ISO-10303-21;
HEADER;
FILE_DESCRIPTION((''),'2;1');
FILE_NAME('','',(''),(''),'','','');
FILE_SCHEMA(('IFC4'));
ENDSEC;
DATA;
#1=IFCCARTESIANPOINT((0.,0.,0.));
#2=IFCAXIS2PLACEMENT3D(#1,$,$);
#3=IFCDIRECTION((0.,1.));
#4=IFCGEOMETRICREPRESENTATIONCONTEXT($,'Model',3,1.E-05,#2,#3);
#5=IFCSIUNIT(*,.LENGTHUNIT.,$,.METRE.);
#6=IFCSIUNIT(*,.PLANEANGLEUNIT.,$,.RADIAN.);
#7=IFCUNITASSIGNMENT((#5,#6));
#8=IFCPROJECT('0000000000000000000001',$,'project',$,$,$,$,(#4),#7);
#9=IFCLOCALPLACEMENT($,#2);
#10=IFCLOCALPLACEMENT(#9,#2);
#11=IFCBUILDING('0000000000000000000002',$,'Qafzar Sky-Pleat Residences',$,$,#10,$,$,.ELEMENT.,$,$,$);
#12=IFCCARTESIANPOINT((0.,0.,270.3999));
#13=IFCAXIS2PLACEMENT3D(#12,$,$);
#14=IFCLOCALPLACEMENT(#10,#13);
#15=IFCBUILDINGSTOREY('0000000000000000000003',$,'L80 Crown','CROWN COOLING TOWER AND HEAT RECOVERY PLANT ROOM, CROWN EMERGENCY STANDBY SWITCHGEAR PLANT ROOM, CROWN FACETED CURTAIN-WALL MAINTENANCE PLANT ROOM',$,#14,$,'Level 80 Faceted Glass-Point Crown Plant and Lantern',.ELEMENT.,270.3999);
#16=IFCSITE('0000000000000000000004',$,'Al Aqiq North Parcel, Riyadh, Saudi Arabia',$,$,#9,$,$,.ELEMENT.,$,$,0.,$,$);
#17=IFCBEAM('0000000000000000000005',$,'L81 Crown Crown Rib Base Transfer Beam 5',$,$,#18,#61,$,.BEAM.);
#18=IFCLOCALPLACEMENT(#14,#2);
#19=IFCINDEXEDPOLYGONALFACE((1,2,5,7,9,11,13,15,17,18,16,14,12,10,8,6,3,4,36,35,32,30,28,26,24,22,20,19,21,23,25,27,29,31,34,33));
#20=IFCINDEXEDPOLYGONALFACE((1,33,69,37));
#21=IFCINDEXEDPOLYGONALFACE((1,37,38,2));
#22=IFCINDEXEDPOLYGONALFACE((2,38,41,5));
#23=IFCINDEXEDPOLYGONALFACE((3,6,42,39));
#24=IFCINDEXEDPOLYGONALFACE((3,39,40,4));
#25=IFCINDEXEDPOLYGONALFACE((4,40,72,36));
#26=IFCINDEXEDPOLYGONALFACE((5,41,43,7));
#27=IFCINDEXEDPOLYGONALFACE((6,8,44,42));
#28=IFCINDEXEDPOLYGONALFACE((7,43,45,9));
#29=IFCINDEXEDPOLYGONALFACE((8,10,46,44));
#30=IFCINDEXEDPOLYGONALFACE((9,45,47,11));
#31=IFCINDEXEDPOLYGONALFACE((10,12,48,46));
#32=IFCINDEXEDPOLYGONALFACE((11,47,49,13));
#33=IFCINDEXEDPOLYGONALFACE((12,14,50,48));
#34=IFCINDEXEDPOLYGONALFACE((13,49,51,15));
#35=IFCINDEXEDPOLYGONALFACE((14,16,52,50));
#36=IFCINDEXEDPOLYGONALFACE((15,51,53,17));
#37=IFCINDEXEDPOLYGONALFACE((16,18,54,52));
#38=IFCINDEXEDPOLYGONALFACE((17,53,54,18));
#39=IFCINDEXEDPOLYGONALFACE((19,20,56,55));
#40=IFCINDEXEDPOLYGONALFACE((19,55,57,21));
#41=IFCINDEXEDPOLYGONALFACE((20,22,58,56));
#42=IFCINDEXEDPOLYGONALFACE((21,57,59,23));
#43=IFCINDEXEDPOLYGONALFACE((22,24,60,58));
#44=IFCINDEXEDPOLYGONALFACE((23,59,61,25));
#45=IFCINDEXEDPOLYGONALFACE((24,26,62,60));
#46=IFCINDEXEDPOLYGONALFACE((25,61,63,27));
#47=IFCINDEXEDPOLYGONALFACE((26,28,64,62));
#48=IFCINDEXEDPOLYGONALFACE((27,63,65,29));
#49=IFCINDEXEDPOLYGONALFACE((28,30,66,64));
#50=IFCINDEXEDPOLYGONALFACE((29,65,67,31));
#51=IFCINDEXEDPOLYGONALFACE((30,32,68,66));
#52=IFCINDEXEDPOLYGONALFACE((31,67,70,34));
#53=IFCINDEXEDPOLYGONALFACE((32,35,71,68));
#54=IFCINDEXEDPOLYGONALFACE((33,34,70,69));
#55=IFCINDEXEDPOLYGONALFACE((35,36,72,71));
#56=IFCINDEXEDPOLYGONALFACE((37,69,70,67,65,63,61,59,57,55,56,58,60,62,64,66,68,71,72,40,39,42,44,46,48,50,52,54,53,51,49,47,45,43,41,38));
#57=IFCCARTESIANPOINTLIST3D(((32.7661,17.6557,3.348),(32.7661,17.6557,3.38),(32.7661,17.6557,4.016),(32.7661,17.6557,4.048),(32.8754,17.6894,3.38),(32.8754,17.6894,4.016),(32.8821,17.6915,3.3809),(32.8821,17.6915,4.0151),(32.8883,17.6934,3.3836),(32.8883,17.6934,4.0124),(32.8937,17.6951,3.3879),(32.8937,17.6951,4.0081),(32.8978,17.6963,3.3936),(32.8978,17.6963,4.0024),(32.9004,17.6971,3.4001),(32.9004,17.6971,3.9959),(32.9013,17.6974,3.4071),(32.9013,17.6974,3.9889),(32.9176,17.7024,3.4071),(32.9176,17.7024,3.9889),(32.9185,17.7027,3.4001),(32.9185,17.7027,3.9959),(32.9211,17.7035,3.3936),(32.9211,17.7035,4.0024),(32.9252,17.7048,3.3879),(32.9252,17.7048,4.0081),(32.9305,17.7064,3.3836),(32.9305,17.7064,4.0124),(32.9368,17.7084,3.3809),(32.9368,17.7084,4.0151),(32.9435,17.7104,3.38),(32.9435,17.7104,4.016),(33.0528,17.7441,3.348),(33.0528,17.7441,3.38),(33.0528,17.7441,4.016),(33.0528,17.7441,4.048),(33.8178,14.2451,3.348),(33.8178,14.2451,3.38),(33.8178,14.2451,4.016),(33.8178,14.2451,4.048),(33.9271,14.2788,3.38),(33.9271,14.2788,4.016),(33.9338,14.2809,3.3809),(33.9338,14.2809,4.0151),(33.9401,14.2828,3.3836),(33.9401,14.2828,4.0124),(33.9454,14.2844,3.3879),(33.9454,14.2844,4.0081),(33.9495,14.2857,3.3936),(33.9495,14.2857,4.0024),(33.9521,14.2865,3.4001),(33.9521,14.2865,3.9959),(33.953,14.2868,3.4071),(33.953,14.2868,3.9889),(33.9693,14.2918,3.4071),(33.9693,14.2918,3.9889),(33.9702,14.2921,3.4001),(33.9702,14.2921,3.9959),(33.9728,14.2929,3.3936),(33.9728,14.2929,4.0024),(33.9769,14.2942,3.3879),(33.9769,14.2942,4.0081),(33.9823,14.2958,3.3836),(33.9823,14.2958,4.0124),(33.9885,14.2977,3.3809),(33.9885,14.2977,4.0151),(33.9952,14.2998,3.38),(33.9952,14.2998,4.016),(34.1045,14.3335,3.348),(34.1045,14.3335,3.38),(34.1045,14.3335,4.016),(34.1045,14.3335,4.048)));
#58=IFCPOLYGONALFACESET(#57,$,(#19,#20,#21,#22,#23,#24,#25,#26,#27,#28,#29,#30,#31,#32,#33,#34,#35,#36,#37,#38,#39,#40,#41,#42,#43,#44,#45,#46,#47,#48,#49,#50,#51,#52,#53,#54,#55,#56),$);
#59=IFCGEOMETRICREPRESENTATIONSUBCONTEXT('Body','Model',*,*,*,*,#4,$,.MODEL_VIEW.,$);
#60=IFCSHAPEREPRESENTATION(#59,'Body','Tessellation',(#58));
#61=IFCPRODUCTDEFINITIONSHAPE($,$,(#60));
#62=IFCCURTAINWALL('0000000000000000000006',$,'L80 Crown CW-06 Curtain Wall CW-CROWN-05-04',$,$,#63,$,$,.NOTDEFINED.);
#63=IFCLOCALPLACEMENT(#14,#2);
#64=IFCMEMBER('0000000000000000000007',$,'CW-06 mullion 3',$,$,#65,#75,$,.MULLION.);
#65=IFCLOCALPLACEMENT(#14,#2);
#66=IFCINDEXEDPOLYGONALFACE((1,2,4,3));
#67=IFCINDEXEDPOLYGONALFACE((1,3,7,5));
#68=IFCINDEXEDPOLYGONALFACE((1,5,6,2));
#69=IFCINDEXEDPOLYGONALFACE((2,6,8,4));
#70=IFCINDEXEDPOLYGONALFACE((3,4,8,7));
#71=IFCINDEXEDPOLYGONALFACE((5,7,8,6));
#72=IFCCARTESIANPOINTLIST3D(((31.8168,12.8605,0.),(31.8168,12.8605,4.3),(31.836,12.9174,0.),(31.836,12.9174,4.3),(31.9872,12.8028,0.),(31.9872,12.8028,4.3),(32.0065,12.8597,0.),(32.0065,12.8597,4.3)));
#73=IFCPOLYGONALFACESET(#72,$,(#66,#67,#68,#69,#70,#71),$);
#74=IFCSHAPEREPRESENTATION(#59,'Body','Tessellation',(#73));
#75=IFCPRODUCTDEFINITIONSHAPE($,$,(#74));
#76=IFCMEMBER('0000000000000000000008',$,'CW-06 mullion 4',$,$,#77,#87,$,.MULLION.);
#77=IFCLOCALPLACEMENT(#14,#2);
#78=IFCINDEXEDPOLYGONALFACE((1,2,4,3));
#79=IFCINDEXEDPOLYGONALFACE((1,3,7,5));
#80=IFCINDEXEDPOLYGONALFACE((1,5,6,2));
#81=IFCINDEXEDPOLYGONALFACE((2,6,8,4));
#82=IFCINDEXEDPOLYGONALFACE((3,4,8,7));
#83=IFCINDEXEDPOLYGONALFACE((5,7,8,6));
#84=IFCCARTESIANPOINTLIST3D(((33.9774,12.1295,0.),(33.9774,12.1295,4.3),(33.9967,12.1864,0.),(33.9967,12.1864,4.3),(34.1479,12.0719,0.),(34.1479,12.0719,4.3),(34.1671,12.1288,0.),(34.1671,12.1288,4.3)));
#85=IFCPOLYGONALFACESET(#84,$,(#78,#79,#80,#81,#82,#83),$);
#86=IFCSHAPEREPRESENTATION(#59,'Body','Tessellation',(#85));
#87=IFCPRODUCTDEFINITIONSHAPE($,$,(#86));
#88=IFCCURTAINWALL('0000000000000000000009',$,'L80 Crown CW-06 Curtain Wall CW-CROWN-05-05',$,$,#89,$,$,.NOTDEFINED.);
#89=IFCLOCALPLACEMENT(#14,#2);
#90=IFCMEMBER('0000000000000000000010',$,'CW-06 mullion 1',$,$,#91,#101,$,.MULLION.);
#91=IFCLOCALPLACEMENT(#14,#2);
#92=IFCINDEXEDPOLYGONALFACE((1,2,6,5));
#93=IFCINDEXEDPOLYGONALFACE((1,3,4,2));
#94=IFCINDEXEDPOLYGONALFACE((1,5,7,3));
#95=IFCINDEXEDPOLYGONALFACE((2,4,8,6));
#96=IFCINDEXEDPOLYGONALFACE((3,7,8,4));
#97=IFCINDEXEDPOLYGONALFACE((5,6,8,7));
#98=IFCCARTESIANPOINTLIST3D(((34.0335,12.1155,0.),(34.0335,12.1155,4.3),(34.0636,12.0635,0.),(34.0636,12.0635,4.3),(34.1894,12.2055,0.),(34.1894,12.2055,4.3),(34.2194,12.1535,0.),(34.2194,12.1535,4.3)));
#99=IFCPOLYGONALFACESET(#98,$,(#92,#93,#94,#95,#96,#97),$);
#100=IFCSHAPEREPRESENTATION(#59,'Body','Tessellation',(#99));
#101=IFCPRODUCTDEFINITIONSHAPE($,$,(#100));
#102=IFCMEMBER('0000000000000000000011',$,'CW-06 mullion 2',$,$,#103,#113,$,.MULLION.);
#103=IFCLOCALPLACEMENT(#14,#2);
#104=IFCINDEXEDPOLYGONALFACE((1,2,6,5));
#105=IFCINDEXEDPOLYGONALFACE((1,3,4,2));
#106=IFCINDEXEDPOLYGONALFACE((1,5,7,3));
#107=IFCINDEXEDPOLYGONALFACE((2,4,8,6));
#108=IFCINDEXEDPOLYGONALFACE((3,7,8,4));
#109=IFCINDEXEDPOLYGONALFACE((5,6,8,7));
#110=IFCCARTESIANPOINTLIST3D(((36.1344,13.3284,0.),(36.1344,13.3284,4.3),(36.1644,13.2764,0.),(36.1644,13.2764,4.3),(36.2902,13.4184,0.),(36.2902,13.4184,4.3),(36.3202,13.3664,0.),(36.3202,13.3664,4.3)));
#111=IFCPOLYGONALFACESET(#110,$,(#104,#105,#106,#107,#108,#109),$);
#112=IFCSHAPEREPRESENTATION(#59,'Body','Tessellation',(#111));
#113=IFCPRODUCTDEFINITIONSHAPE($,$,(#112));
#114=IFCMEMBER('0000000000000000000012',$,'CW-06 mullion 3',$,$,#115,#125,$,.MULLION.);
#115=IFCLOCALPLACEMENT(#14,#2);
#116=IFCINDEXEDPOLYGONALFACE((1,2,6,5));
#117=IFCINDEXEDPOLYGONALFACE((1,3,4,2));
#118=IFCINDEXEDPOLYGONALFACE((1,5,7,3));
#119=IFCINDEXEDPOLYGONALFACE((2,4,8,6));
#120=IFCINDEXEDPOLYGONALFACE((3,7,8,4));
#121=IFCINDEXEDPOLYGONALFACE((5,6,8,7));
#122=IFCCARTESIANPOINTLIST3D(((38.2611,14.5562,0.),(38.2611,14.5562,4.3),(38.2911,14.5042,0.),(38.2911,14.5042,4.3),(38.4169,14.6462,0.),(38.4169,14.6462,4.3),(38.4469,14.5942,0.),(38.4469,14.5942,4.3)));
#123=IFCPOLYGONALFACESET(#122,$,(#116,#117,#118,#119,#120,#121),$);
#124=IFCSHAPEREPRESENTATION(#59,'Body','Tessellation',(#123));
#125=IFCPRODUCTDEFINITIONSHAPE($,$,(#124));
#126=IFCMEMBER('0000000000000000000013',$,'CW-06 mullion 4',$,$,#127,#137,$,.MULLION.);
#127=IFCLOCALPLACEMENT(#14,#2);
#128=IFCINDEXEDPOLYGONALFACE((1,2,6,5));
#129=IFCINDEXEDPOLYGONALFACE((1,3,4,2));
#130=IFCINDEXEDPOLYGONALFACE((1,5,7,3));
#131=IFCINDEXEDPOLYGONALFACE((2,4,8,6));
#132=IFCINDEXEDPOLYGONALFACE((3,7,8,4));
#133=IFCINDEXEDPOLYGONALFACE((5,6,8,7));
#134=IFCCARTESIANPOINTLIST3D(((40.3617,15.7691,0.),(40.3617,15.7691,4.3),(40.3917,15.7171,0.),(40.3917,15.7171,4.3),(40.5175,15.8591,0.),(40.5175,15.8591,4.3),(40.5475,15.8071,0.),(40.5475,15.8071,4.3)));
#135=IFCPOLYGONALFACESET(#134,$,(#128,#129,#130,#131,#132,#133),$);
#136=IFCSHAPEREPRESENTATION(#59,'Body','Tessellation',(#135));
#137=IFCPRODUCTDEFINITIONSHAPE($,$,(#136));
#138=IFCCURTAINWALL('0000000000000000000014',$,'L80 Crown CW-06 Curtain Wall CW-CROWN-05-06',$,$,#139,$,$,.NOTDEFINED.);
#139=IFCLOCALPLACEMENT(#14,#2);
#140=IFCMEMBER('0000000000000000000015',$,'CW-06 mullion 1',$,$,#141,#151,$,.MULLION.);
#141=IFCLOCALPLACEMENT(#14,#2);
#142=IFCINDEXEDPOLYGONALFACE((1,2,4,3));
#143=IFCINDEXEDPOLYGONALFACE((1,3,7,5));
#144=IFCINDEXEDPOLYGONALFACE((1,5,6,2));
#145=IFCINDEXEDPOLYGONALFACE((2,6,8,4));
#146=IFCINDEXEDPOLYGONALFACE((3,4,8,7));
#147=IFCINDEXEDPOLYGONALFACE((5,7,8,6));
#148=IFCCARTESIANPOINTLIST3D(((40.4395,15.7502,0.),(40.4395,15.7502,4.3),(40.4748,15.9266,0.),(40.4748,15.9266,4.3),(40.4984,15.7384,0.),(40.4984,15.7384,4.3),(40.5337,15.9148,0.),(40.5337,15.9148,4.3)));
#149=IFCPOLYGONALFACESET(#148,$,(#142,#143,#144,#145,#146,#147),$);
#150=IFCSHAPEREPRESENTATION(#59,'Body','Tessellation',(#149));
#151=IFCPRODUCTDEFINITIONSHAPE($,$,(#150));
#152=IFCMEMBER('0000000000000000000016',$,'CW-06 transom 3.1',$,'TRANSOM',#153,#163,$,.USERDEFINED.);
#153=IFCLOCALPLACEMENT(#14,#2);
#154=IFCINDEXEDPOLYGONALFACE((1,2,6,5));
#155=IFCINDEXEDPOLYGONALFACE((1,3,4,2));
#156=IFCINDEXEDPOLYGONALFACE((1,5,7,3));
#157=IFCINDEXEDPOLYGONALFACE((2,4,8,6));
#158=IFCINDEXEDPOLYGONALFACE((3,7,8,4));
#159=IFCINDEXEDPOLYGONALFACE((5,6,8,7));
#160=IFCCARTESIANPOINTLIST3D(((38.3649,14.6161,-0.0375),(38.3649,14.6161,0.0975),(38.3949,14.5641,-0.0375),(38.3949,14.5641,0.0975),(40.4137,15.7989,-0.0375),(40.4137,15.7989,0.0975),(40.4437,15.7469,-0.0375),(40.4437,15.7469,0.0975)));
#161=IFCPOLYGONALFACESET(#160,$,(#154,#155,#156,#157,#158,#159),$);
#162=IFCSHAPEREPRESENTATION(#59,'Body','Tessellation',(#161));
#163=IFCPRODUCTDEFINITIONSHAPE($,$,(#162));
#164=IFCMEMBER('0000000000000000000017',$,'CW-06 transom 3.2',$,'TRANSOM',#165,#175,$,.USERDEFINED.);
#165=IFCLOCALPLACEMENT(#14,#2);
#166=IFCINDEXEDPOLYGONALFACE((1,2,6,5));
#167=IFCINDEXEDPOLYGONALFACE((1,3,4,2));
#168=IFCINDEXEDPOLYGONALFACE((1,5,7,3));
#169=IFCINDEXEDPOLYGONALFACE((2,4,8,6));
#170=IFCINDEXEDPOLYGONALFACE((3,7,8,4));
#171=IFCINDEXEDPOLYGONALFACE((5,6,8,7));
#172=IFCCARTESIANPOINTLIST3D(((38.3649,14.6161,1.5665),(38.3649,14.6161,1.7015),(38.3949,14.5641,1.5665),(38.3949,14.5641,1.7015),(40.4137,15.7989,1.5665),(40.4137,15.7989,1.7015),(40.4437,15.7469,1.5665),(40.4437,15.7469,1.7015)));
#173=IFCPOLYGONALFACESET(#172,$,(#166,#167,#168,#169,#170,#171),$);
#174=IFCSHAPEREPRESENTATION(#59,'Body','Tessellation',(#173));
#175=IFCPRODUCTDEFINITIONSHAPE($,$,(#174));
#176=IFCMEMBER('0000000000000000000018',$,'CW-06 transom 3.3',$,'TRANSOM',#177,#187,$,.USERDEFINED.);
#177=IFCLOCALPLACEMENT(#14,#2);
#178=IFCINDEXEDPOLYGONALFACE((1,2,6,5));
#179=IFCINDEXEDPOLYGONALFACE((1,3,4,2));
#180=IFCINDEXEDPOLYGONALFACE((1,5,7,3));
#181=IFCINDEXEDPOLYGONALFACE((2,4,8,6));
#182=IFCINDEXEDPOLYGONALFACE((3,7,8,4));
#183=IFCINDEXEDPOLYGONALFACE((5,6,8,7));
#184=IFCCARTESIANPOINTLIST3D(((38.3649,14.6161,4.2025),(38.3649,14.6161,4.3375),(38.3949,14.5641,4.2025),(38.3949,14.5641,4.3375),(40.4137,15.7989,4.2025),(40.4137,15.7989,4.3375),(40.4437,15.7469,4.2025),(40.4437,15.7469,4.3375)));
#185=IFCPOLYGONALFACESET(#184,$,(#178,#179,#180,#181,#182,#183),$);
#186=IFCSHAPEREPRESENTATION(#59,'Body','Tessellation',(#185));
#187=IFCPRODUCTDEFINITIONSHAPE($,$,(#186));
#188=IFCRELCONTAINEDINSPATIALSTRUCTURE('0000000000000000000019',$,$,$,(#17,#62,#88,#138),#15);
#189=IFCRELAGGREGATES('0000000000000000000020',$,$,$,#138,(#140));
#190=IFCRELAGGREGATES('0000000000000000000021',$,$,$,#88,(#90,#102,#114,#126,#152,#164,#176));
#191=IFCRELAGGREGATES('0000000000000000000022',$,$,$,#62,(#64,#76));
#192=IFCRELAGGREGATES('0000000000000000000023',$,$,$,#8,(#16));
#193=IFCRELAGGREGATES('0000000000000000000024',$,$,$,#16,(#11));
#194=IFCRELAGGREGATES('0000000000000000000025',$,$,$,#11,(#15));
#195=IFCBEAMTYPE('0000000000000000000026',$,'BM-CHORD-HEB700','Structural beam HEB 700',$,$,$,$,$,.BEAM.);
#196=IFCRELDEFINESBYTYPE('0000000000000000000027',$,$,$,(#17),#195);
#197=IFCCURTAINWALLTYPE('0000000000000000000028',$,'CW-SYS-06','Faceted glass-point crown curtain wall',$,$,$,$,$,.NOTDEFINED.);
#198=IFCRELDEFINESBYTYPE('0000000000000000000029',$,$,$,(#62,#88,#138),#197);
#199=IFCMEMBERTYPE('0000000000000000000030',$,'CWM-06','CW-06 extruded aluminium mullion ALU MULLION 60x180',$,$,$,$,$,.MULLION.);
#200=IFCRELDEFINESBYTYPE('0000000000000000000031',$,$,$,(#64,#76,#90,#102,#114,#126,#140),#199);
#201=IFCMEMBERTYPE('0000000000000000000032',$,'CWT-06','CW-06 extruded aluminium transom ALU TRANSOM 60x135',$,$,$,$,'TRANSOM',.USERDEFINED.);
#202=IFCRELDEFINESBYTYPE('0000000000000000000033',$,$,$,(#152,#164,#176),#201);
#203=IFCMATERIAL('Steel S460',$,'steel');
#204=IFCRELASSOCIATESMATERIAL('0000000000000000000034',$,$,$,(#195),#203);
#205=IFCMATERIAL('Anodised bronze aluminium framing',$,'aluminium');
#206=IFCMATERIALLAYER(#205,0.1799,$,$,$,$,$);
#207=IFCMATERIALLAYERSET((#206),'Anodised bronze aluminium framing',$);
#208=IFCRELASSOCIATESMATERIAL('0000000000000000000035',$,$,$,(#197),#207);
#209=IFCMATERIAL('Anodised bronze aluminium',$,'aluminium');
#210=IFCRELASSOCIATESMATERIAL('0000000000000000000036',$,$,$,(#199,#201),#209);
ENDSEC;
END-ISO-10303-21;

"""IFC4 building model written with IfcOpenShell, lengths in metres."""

from ifc_helpers import new_model, si_unit, direction, frame, origin, origin_2d, place, context, subcontext, project, spatial, rectangle, i_section, extrude, source, transform, mapped, material, layer, layer_set, material_profile, profile_set, type_object, element, aggregate, save


model = new_model("IFC4")

# Units and contexts
model_context = context("Model", 3, precision=1e-05, world=origin(), true_north=direction((0.0, 1.0)))
body_context = subcontext(model_context, "Body", "Model", "MODEL_VIEW")
ifc_project = project(units=[si_unit("LENGTHUNIT", "METRE"), si_unit("PLANEANGLEUNIT", "RADIAN")], contexts=[model_context])

# Site, building, storey
site_placement = place(None, origin())
site = spatial("IfcSite", under=ifc_project, at=site_placement, Name="Al Aqiq North Parcel, Riyadh, Saudi Arabia", CompositionType="ELEMENT", RefElevation=0.0)
building_placement = place(site_placement, origin())
building = spatial("IfcBuilding", under=site, at=building_placement, Name="Qafzar Sky-Pleat Residences", CompositionType="ELEMENT")
storey_placement = place(building_placement, frame((0.0, 0.0, 270.3999)))
storey = spatial("IfcBuildingStorey", under=building, at=storey_placement, Name="L80 Crown", Description="CROWN COOLING TOWER AND HEAT RECOVERY PLANT ROOM, CROWN EMERGENCY STANDBY SWITCHGEAR PLANT ROOM, CROWN FACETED CURTAIN-WALL MAINTENANCE PLANT ROOM", LongName="Level 80 Faceted Glass-Point Crown Plant and Lantern", CompositionType="ELEMENT", Elevation=270.3999)

# Shared definitions
ifc_material_1 = material(Name="Steel S460", Category="steel")

# Beam
ifc_material_profile_1 = material_profile(ifc_material_1, i_section(OverallWidth=0.3, OverallDepth=0.7, WebThickness=0.0171, FlangeThickness=0.032, FilletRadius=0.0271, at=origin_2d()), Name="HEB 700")
ifc_profile_set_1 = profile_set([ifc_material_profile_1], Name="Steel S460")
beam_type = type_object("IfcBeamType", Name="BM-CHORD-HEB700", Description="Structural beam HEB 700", PredefinedType="BEAM", material=ifc_profile_set_1)
shared_shape_1 = source(origin(), body_context, "Body", "SweptSolid", [
    extrude(i_section(OverallWidth=0.3, OverallDepth=0.7, WebThickness=0.0171, FlangeThickness=0.032, FilletRadius=0.0271, at=origin_2d()), origin(), (0.0, 0.0, 1.0), 3.5691),
])
beam_placement = place(storey_placement, frame((33.9612, 14.2893, 3.698), z_axis=(-0.294682, 0.955595, 0.0), x_axis=(-0.955595, -0.294682, 0.0)))
element("IfcBeam", 1, at=beam_placement, inside=storey, type_object=beam_type, Name="L81 Crown Crown Rib Base Transfer Beam 5", PredefinedType="BEAM", context=body_context, shape_type="MappedRepresentation", body=[
    mapped(shared_shape_1, transform((0.0, 0.0, 0.0), x_axis=(1.0, 0.0, 0.0), y_axis=(0.0, 1.0, 0.0), z_axis=(0.0, 0.0, 1.0), scale=1.0)),
])

# Curtain walls, members
ifc_material_2 = material(Name="Anodised bronze aluminium framing", Category="aluminium")
ifc_layer_1 = layer(ifc_material_2, 0.1799)
ifc_layer_set_1 = layer_set([ifc_layer_1], Name="Anodised bronze aluminium framing")
curtain_wall_type = type_object("IfcCurtainWallType", Name="CW-SYS-06", Description="Faceted glass-point crown curtain wall", PredefinedType="NOTDEFINED", material=ifc_layer_set_1)
curtain_wall_1_placement = place(storey_placement, origin())
curtain_wall_1 = element("IfcCurtainWall", 2, at=curtain_wall_1_placement, inside=storey, type_object=curtain_wall_type, Name="L80 Crown CW-06 Curtain Wall CW-CROWN-05-04", PredefinedType="NOTDEFINED")
ifc_material_3 = material(Name="Anodised bronze aluminium", Category="aluminium")
ifc_material_profile_2 = material_profile(ifc_material_3, rectangle(XDim=0.0601, YDim=0.1799, at=origin_2d()), Name="ALU MULLION 60x180")
ifc_profile_set_2 = profile_set([ifc_material_profile_2], Name="Anodised bronze aluminium")
member_type_1 = type_object("IfcMemberType", Name="CWM-06", Description="CW-06 extruded aluminium mullion ALU MULLION 60x180", PredefinedType="MULLION", material=ifc_profile_set_2)
shared_shape_2 = source(origin(), body_context, "Body", "SweptSolid", [
    extrude(rectangle(XDim=0.0601, YDim=0.1799, at=origin_2d()), origin(), (0.0, 0.0, 1.0), 4.3),
])
member_1_placement = place(storey_placement, frame((31.9116, 12.8601, 0.0), z_axis=(0.0, 0.0, 1.0), x_axis=(0.320439, 0.947269, 0.0)))
member_1 = element("IfcMember", 3, at=member_1_placement, type_object=member_type_1, Name="CW-06 mullion 3", PredefinedType="MULLION", context=body_context, shape_type="MappedRepresentation", body=[
    mapped(shared_shape_2, transform((0.0, 0.0, 0.0), x_axis=(1.0, 0.0, 0.0), y_axis=(0.0, 1.0, 0.0), z_axis=(0.0, 0.0, 1.0), scale=1.0)),
])
member_2_placement = place(storey_placement, frame((34.0723, 12.1292, 0.0), z_axis=(0.0, 0.0, 1.0), x_axis=(0.320439, 0.947269, 0.0)))
member_2 = element("IfcMember", 4, at=member_2_placement, type_object=member_type_1, Name="CW-06 mullion 4", PredefinedType="MULLION", context=body_context, shape_type="MappedRepresentation", body=[
    mapped(shared_shape_2, transform((0.0, 0.0, 0.0), x_axis=(1.0, 0.0, 0.0), y_axis=(0.0, 1.0, 0.0), z_axis=(0.0, 0.0, 1.0), scale=1.0)),
])
curtain_wall_2_placement = place(storey_placement, origin())
curtain_wall_2 = element("IfcCurtainWall", 5, at=curtain_wall_2_placement, inside=storey, type_object=curtain_wall_type, Name="L80 Crown CW-06 Curtain Wall CW-CROWN-05-05", PredefinedType="NOTDEFINED")
member_3_placement = place(storey_placement, frame((34.1265, 12.1345, 0.0), z_axis=(0.0, 0.0, 1.0), x_axis=(-0.500001, 0.866025, 0.0)))
member_3 = element("IfcMember", 6, at=member_3_placement, type_object=member_type_1, Name="CW-06 mullion 1", PredefinedType="MULLION", context=body_context, shape_type="MappedRepresentation", body=[
    mapped(shared_shape_2, transform((0.0, 0.0, 0.0), x_axis=(1.0, 0.0, 0.0), y_axis=(0.0, 1.0, 0.0), z_axis=(0.0, 0.0, 1.0), scale=1.0)),
])
member_4_placement = place(storey_placement, frame((36.2273, 13.3474, 0.0), z_axis=(0.0, 0.0, 1.0), x_axis=(-0.500001, 0.866025, 0.0)))
member_4 = element("IfcMember", 7, at=member_4_placement, type_object=member_type_1, Name="CW-06 mullion 2", PredefinedType="MULLION", context=body_context, shape_type="MappedRepresentation", body=[
    mapped(shared_shape_2, transform((0.0, 0.0, 0.0), x_axis=(1.0, 0.0, 0.0), y_axis=(0.0, 1.0, 0.0), z_axis=(0.0, 0.0, 1.0), scale=1.0)),
])
member_5_placement = place(storey_placement, frame((38.354, 14.5752, 0.0), z_axis=(0.0, 0.0, 1.0), x_axis=(-0.500001, 0.866025, 0.0)))
member_5 = element("IfcMember", 8, at=member_5_placement, type_object=member_type_1, Name="CW-06 mullion 3", PredefinedType="MULLION", context=body_context, shape_type="MappedRepresentation", body=[
    mapped(shared_shape_2, transform((0.0, 0.0, 0.0), x_axis=(1.0, 0.0, 0.0), y_axis=(0.0, 1.0, 0.0), z_axis=(0.0, 0.0, 1.0), scale=1.0)),
])
member_6_placement = place(storey_placement, frame((40.4546, 15.7881, 0.0), z_axis=(0.0, 0.0, 1.0), x_axis=(-0.500001, 0.866025, 0.0)))
member_6 = element("IfcMember", 9, at=member_6_placement, type_object=member_type_1, Name="CW-06 mullion 4", PredefinedType="MULLION", context=body_context, shape_type="MappedRepresentation", body=[
    mapped(shared_shape_2, transform((0.0, 0.0, 0.0), x_axis=(1.0, 0.0, 0.0), y_axis=(0.0, 1.0, 0.0), z_axis=(0.0, 0.0, 1.0), scale=1.0)),
])

# Curtain wall, member
curtain_wall_3_placement = place(storey_placement, origin())
curtain_wall_3 = element("IfcCurtainWall", 10, at=curtain_wall_3_placement, inside=storey, type_object=curtain_wall_type, Name="L80 Crown CW-06 Curtain Wall CW-CROWN-05-06", PredefinedType="NOTDEFINED")
member_7_placement = place(storey_placement, frame((40.4866, 15.8325, 0.0), z_axis=(0.0, 0.0, 1.0), x_axis=(-0.980581, 0.196116, 0.0)))
member_7 = element("IfcMember", 11, at=member_7_placement, type_object=member_type_1, Name="CW-06 mullion 1", PredefinedType="MULLION", context=body_context, shape_type="MappedRepresentation", body=[
    mapped(shared_shape_2, transform((0.0, 0.0, 0.0), x_axis=(1.0, 0.0, 0.0), y_axis=(0.0, 1.0, 0.0), z_axis=(0.0, 0.0, 1.0), scale=1.0)),
])

# Members
ifc_material_profile_3 = material_profile(ifc_material_3, rectangle(XDim=0.0601, YDim=0.135, at=origin_2d()), Name="ALU TRANSOM 60x135")
ifc_profile_set_3 = profile_set([ifc_material_profile_3], Name="Anodised bronze aluminium")
member_type_2 = type_object("IfcMemberType", Name="CWT-06", Description="CW-06 extruded aluminium transom ALU TRANSOM 60x135", ElementType="TRANSOM", PredefinedType="USERDEFINED", material=ifc_profile_set_3)
shared_shape_3 = source(origin(), body_context, "Body", "SweptSolid", [
    extrude(rectangle(XDim=0.0601, YDim=0.135, at=origin_2d()), origin(), (0.0, 0.0, 1.0), 2.3657),
])
member_8_placement = place(storey_placement, frame((38.3799, 14.5901, 0.03), z_axis=(0.866031, 0.49999, 0.0), x_axis=(-0.49999, 0.866031, 0.0)))
member_8 = element("IfcMember", 12, at=member_8_placement, type_object=member_type_2, Name="CW-06 transom 3.1", ObjectType="TRANSOM", PredefinedType="USERDEFINED", context=body_context, shape_type="MappedRepresentation", body=[
    mapped(shared_shape_3, transform((0.0, 0.0, 0.0), x_axis=(1.0, 0.0, 0.0), y_axis=(0.0, 1.0, 0.0), z_axis=(0.0, 0.0, 1.0), scale=1.0)),
])
member_9_placement = place(storey_placement, frame((38.3799, 14.5901, 1.634), z_axis=(0.866031, 0.49999, 0.0), x_axis=(-0.49999, 0.866031, 0.0)))
member_9 = element("IfcMember", 13, at=member_9_placement, type_object=member_type_2, Name="CW-06 transom 3.2", ObjectType="TRANSOM", PredefinedType="USERDEFINED", context=body_context, shape_type="MappedRepresentation", body=[
    mapped(shared_shape_3, transform((0.0, 0.0, 0.0), x_axis=(1.0, 0.0, 0.0), y_axis=(0.0, 1.0, 0.0), z_axis=(0.0, 0.0, 1.0), scale=1.0)),
])
member_10_placement = place(storey_placement, frame((38.3799, 14.5901, 4.27), z_axis=(0.866031, 0.49999, 0.0), x_axis=(-0.49999, 0.866031, 0.0)))
member_10 = element("IfcMember", 14, at=member_10_placement, type_object=member_type_2, Name="CW-06 transom 3.3", ObjectType="TRANSOM", PredefinedType="USERDEFINED", context=body_context, shape_type="MappedRepresentation", body=[
    mapped(shared_shape_3, transform((0.0, 0.0, 0.0), x_axis=(1.0, 0.0, 0.0), y_axis=(0.0, 1.0, 0.0), z_axis=(0.0, 0.0, 1.0), scale=1.0)),
])
aggregate(curtain_wall_3, [member_7])

aggregate(curtain_wall_2, [member_3, member_4, member_5, member_6, member_8, member_9, member_10])
aggregate(curtain_wall_1, [member_1, member_2])

save(model, "model.ifc")
